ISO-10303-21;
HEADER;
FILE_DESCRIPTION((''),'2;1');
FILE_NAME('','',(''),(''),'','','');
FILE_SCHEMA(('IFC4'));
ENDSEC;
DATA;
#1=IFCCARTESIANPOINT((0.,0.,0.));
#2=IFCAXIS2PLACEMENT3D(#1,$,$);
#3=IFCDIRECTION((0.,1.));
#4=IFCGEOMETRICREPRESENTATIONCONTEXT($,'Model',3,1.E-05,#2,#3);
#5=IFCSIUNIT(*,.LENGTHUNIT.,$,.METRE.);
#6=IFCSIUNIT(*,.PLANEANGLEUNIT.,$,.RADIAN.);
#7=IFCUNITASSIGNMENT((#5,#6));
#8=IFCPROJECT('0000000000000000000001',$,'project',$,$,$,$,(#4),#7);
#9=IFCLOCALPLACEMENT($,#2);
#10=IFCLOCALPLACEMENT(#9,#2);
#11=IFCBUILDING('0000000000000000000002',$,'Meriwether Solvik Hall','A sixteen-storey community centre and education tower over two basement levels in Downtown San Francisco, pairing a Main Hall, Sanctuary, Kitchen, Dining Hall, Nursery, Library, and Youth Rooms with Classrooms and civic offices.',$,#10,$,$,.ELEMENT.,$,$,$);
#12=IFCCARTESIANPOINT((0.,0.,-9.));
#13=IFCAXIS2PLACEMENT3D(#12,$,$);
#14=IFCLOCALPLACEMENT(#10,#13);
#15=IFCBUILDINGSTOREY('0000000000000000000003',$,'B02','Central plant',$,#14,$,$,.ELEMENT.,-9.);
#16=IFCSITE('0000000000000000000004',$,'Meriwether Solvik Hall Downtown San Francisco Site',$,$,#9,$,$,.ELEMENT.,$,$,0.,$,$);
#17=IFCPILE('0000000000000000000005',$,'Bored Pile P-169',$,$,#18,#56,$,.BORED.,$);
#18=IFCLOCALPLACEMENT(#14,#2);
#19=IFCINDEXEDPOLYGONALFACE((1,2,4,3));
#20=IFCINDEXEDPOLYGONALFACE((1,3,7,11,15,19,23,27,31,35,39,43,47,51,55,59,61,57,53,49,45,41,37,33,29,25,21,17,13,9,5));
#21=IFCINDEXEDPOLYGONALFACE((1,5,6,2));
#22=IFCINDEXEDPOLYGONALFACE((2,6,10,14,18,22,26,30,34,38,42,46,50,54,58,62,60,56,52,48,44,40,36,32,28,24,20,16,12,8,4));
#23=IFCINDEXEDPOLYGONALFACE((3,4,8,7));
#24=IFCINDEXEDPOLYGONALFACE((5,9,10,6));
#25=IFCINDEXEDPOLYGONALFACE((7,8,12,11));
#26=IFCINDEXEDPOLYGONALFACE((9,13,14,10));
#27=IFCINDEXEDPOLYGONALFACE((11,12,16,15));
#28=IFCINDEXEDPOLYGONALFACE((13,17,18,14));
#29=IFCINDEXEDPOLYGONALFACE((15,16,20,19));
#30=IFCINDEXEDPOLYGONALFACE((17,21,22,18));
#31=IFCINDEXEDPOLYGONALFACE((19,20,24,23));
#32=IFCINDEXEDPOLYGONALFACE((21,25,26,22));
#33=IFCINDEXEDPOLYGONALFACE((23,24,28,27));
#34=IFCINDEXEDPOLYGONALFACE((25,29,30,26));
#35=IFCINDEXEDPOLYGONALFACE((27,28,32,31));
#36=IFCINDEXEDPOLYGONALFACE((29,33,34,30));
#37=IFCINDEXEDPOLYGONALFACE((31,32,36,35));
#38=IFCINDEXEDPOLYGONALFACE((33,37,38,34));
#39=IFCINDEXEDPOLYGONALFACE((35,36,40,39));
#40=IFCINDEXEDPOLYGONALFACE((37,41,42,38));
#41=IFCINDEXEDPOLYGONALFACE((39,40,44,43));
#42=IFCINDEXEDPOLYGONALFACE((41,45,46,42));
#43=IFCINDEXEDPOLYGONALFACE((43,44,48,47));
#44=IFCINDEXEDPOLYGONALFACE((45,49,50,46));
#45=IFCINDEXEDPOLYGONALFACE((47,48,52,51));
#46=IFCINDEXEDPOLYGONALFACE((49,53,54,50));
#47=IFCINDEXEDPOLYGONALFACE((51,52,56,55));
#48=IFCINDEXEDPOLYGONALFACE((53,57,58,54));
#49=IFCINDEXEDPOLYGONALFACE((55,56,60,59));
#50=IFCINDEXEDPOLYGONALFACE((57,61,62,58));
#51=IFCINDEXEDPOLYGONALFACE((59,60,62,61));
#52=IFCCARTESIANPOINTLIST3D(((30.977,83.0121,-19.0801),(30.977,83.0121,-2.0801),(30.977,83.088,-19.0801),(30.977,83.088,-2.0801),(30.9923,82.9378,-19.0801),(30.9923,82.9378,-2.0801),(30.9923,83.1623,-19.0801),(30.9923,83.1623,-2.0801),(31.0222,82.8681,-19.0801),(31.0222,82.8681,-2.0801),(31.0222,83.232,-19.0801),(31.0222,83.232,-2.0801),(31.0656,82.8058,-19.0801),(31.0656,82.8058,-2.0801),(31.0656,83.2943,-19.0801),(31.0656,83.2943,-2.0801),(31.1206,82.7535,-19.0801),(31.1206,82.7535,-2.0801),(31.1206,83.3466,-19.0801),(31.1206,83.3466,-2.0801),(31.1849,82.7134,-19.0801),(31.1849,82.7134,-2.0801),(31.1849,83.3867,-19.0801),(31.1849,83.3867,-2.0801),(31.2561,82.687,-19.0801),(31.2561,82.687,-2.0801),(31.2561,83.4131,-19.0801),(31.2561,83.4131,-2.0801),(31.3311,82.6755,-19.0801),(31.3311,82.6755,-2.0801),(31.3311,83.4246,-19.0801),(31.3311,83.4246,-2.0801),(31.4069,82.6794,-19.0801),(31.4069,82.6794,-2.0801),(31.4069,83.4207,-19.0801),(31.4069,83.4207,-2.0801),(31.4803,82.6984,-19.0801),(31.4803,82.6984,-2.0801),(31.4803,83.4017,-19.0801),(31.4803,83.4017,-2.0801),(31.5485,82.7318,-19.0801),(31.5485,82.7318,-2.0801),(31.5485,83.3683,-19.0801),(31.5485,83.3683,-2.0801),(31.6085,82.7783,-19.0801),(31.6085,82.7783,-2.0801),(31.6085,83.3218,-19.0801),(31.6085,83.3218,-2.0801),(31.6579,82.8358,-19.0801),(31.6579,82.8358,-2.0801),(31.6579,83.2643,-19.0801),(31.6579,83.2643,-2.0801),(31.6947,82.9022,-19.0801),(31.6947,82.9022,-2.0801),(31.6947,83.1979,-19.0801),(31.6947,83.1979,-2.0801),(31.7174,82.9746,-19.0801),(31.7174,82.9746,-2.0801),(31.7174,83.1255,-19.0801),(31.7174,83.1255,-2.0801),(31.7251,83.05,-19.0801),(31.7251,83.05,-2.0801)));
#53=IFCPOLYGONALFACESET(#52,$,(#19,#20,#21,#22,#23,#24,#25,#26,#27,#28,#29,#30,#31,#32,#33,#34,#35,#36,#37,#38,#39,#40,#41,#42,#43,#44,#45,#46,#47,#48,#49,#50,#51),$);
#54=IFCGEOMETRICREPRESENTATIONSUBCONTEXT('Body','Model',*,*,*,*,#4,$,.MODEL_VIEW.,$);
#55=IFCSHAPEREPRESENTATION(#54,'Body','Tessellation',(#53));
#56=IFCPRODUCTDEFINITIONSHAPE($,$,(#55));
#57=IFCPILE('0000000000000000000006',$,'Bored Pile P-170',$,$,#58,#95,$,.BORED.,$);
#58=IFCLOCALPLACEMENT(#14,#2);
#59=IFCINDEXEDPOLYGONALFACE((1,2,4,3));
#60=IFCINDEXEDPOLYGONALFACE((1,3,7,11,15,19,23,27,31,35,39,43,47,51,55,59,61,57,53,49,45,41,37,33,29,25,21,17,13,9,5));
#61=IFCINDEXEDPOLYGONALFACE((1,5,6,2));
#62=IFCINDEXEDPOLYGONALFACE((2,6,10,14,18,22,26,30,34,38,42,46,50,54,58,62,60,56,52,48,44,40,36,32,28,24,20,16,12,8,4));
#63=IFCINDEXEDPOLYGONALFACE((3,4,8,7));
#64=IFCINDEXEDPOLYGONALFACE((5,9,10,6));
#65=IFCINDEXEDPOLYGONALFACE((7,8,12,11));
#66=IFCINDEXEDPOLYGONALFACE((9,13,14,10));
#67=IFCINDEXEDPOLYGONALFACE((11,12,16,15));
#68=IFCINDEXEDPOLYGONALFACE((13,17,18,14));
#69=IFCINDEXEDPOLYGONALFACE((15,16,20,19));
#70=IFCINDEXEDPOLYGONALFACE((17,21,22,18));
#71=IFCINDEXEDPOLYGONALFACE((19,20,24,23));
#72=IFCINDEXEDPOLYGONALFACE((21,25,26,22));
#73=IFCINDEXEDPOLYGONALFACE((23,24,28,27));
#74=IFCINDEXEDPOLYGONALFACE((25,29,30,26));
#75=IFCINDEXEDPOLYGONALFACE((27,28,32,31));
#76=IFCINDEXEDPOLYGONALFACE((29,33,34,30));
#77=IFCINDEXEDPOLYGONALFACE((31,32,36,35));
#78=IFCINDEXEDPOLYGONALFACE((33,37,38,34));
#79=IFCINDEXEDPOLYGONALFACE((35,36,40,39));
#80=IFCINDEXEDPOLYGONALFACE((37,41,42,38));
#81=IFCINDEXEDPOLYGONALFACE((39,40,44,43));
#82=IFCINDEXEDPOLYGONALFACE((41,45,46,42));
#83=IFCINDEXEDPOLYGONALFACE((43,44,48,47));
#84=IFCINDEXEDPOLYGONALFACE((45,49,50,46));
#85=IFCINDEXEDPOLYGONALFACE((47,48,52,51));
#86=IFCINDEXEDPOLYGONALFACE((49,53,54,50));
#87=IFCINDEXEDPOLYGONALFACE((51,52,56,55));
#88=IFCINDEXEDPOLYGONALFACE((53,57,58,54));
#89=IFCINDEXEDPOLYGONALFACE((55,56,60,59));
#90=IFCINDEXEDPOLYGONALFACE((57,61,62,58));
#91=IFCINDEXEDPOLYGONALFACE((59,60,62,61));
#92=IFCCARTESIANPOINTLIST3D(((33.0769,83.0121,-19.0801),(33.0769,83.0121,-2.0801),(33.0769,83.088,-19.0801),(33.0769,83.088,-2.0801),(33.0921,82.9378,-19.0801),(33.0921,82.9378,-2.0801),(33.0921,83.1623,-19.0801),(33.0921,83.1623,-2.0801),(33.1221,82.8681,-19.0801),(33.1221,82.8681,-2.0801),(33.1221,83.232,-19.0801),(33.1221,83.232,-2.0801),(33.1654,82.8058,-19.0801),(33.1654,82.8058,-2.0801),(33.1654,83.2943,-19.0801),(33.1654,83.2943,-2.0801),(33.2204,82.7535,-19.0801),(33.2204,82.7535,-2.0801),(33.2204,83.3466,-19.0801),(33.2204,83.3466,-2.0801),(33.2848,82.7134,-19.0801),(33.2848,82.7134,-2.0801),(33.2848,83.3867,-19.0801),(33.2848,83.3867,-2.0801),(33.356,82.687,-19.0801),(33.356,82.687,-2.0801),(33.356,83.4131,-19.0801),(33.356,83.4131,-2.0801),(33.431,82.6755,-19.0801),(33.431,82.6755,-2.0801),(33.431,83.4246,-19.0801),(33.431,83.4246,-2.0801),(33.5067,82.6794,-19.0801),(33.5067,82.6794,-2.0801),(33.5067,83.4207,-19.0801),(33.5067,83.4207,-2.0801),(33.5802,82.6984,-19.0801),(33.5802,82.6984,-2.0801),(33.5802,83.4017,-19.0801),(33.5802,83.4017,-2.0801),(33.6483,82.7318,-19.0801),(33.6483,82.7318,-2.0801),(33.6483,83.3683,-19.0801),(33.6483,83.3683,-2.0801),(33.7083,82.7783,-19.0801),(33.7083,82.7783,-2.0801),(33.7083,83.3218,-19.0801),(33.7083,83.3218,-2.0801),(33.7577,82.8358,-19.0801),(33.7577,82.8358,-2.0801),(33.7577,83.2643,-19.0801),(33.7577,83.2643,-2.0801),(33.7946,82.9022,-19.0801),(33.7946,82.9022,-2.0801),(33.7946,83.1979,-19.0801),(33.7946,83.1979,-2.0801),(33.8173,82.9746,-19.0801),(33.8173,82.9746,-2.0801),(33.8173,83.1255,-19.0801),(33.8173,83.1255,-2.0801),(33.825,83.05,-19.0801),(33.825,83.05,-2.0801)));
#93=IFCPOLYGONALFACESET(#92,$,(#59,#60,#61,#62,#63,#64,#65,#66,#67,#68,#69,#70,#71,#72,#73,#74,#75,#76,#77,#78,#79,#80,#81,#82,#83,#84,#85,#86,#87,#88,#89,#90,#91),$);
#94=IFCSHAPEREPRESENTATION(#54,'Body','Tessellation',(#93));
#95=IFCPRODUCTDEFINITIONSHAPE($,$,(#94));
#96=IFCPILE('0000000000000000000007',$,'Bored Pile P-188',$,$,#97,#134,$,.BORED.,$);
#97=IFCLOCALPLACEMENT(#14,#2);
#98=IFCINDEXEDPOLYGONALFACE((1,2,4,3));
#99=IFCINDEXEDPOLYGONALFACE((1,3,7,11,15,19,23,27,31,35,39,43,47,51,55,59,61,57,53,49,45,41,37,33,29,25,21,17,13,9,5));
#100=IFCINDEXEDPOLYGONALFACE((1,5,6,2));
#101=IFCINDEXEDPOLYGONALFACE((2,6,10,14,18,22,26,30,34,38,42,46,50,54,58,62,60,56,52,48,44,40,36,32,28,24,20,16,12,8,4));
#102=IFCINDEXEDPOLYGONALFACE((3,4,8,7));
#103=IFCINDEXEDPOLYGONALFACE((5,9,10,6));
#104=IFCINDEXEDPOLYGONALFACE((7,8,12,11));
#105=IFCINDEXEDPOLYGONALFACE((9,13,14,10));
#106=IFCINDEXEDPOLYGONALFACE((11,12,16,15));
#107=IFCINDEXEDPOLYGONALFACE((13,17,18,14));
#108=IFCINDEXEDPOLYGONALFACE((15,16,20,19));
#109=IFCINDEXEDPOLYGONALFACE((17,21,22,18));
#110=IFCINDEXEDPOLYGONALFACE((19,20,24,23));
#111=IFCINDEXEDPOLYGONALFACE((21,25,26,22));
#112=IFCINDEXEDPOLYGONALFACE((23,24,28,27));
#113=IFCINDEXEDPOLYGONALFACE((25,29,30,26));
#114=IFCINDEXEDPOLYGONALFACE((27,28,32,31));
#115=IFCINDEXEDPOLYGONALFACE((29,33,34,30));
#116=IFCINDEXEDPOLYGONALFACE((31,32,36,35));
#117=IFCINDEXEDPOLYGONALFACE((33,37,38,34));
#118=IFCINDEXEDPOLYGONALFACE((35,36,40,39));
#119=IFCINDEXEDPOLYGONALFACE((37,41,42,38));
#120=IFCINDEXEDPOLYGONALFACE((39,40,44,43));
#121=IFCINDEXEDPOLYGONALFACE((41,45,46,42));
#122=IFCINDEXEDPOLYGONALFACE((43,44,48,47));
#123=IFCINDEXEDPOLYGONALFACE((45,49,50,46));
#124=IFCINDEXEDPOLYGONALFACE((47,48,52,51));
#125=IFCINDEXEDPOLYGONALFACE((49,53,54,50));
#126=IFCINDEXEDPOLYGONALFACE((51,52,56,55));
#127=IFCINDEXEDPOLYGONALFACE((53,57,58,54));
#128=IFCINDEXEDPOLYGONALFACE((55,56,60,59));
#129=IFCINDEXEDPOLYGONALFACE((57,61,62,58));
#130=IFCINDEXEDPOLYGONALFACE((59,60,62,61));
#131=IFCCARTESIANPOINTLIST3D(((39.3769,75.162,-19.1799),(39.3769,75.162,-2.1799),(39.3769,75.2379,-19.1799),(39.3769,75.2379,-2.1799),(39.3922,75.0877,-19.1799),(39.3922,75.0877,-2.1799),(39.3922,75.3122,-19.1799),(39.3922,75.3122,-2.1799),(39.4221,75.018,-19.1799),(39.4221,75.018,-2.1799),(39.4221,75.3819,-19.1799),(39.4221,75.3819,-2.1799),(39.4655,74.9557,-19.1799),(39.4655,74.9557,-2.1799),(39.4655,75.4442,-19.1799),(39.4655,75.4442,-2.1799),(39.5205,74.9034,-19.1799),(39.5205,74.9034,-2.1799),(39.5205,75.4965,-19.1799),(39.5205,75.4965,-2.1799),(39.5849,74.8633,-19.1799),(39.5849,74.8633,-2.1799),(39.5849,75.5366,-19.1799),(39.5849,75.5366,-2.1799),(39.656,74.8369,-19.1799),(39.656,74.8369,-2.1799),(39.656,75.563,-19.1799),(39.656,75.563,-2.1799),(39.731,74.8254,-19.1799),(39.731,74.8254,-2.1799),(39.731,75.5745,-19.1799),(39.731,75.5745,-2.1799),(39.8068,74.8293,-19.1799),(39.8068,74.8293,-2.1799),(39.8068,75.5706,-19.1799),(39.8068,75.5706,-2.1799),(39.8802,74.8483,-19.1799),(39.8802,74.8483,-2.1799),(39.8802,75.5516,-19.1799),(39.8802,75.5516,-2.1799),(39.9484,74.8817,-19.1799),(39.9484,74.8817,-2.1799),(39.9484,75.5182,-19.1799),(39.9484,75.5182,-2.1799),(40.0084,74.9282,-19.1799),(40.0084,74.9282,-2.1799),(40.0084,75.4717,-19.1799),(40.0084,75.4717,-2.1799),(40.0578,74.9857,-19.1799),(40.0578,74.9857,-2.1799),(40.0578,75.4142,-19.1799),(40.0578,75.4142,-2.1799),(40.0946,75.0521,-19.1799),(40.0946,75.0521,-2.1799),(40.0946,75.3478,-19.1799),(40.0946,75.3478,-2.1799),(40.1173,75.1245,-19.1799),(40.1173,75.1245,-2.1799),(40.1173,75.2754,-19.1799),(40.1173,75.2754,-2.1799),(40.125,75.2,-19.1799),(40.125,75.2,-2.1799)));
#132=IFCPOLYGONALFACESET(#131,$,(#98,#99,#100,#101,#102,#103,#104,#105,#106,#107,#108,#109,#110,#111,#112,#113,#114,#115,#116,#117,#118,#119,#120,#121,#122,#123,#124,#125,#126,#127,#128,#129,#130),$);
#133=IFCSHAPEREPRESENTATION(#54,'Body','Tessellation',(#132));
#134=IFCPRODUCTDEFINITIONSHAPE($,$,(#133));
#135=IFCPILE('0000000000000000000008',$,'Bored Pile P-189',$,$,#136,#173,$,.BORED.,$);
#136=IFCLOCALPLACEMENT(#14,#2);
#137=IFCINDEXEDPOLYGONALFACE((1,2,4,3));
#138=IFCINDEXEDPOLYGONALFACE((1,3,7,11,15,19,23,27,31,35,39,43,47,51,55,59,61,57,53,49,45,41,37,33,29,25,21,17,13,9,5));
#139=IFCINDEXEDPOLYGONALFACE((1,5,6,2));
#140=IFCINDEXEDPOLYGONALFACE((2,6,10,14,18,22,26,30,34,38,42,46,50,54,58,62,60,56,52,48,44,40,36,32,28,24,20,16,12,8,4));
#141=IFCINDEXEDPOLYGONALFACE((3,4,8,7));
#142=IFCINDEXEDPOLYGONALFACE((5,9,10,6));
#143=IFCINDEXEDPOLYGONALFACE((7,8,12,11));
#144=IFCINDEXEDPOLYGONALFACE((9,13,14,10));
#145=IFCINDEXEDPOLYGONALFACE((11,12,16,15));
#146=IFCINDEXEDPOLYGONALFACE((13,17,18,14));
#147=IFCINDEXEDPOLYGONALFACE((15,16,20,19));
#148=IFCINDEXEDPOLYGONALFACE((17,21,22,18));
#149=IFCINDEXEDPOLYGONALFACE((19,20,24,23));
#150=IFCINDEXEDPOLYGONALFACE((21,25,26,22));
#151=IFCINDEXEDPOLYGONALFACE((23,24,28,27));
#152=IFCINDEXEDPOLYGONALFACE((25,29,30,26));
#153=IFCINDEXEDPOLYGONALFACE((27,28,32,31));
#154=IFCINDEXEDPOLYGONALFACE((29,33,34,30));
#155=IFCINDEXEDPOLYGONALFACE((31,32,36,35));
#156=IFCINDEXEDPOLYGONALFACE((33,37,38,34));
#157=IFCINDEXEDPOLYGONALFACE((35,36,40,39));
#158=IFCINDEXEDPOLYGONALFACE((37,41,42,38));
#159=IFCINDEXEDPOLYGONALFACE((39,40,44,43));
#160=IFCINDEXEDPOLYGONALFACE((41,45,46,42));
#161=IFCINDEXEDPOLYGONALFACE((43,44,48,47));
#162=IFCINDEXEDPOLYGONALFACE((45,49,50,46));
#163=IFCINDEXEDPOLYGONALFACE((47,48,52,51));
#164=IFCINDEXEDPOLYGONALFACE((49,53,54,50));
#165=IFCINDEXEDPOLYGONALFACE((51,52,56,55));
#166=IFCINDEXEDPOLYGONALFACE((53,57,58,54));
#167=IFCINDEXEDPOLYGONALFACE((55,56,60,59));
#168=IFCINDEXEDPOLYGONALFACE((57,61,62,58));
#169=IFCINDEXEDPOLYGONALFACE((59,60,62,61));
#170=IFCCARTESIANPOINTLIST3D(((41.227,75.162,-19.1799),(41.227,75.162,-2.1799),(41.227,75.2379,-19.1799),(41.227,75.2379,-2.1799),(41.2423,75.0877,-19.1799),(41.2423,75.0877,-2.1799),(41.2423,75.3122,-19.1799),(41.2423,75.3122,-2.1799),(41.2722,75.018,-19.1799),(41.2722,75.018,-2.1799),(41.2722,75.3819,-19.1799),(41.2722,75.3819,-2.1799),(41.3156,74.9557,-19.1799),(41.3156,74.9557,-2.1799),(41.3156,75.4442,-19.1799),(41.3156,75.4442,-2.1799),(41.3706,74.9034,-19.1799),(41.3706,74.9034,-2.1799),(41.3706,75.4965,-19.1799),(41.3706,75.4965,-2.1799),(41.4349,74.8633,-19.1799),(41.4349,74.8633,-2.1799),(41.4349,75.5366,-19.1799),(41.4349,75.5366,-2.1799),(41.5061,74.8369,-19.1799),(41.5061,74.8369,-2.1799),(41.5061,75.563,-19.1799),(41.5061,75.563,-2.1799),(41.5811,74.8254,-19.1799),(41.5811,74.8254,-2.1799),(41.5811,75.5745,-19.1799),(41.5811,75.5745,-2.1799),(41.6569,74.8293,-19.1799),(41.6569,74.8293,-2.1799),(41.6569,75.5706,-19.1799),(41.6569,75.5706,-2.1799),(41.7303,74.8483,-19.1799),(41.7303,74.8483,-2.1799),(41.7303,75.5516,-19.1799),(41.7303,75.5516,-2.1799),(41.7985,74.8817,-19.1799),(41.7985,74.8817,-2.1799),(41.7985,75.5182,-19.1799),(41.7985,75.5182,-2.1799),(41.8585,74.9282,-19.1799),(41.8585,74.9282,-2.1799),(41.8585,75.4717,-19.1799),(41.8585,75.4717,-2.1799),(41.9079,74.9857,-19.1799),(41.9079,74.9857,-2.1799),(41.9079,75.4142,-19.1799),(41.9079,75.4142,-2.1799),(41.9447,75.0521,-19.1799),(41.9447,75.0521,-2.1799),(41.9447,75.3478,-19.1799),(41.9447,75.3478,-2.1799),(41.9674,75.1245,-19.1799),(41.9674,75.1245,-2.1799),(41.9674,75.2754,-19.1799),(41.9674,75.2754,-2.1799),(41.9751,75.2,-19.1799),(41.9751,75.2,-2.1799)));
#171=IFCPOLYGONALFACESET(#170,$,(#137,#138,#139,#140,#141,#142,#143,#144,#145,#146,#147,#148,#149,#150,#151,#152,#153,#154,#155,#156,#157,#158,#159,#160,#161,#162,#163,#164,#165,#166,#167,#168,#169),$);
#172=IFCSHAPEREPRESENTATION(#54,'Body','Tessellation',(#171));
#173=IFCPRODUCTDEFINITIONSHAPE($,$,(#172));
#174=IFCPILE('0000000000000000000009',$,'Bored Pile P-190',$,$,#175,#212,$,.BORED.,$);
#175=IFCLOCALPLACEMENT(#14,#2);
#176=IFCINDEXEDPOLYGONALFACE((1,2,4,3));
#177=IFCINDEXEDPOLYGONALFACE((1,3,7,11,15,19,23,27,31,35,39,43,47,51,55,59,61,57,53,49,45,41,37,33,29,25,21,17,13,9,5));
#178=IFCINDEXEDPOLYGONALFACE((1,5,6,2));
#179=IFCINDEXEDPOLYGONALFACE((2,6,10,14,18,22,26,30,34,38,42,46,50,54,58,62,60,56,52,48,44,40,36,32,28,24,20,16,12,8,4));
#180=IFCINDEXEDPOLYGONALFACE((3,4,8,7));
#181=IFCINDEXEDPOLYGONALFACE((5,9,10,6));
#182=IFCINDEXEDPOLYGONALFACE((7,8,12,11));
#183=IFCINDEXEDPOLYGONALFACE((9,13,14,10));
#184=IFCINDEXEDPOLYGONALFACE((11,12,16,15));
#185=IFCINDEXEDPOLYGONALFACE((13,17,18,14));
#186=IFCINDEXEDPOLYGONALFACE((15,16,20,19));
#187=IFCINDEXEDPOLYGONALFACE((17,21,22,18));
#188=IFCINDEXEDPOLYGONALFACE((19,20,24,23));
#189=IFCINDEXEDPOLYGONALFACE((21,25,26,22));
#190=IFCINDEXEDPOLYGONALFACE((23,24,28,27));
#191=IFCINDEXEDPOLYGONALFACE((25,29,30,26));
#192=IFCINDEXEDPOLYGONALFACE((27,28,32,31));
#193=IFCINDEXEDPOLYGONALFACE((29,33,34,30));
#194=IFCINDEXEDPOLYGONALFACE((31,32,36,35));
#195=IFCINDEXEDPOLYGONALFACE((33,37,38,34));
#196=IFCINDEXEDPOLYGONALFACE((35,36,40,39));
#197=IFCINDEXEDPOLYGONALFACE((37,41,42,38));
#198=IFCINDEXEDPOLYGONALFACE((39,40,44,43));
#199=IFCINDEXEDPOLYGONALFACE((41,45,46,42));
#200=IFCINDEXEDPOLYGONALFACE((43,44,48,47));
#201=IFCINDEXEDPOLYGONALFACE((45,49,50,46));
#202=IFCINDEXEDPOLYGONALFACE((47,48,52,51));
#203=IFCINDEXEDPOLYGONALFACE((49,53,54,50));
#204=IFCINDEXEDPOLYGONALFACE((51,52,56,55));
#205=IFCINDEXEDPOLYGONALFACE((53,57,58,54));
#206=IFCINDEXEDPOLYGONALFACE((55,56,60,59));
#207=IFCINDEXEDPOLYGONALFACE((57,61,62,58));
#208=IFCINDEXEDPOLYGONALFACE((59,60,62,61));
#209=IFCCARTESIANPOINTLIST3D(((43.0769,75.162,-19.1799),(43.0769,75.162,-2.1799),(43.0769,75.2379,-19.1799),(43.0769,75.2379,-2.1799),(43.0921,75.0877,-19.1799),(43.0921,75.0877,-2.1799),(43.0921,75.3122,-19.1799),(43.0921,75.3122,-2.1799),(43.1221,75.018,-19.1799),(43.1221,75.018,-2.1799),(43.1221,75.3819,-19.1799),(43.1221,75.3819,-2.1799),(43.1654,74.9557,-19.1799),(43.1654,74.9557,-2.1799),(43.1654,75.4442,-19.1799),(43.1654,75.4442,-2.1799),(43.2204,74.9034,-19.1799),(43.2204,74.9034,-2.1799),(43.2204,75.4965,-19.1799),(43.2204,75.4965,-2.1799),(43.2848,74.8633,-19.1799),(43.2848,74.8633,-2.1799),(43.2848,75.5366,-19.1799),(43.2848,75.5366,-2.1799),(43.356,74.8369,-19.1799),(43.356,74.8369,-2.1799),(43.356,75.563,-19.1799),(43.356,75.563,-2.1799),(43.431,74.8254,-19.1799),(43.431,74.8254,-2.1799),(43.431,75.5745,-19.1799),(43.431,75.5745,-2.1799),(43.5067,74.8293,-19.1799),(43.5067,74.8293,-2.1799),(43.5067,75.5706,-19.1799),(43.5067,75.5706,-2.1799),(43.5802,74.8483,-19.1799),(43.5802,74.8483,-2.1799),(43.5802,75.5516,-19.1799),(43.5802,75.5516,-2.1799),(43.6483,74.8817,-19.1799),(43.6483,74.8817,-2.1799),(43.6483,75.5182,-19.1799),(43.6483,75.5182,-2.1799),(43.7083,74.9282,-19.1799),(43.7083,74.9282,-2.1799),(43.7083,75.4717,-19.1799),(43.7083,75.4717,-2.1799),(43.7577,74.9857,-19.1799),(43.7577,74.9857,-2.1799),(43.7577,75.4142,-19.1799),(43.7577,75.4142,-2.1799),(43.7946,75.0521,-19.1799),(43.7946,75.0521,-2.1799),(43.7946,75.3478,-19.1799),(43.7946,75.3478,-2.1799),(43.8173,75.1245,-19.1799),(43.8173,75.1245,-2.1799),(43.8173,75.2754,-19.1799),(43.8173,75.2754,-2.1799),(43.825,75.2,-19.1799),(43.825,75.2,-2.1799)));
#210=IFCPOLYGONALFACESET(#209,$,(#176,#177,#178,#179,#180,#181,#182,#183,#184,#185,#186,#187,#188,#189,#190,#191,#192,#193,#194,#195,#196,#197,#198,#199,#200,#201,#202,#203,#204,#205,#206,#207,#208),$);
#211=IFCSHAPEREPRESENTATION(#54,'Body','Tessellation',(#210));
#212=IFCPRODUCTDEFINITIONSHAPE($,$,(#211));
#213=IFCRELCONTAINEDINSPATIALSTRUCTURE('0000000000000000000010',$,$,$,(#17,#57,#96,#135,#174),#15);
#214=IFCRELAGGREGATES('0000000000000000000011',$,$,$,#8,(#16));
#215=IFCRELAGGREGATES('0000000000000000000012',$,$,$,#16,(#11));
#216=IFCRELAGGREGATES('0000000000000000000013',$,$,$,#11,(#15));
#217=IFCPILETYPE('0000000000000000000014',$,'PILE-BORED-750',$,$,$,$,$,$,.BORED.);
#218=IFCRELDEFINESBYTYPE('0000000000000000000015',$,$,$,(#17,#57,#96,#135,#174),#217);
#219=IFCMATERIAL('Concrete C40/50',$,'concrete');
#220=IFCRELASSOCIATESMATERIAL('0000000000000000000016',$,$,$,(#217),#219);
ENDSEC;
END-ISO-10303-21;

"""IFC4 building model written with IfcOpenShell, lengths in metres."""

from ifc_helpers import new_model, si_unit, direction, frame, origin, origin_2d, place, context, subcontext, project, spatial, circle, extrude, material, material_profile, profile_set, type_object, element, save


model = new_model("IFC4")

# Units and contexts
model_context = context("Model", 3, precision=1e-05, world=origin(), true_north=direction((0.0, 1.0)))
body_context = subcontext(model_context, "Body", "Model", "MODEL_VIEW")
ifc_project = project(units=[si_unit("LENGTHUNIT", "METRE"), si_unit("PLANEANGLEUNIT", "RADIAN")], contexts=[model_context])

# Site, building, storey
site_placement = place(None, origin())
site = spatial("IfcSite", under=ifc_project, at=site_placement, Name="Meriwether Solvik Hall Downtown San Francisco Site", CompositionType="ELEMENT", RefElevation=0.0)
building_placement = place(site_placement, origin())
building = spatial("IfcBuilding", under=site, at=building_placement, Name="Meriwether Solvik Hall", Description="A sixteen-storey community centre and education tower over two basement levels in Downtown San Francisco, pairing a Main Hall, Sanctuary, Kitchen, Dining Hall, Nursery, Library, and Youth Rooms with Classrooms and civic offices.", CompositionType="ELEMENT")
storey_placement = place(building_placement, frame((0.0, 0.0, -9.0)))
storey = spatial("IfcBuildingStorey", under=building, at=storey_placement, Name="B02", Description="Central plant", CompositionType="ELEMENT", Elevation=-9.0)

# Piles
ifc_material_1 = material(Name="Concrete C40/50", Category="concrete")
ifc_material_profile_1 = material_profile(ifc_material_1, circle(Radius=0.375, at=origin_2d()), Name="PILE-D750")
ifc_profile_set_1 = profile_set([ifc_material_profile_1], Name="Concrete C40/50")
pile_type_1 = type_object("IfcPileType", Name="PILE-BORED-750", PredefinedType="BORED", material=ifc_profile_set_1)
for number, where, z_axis, x_axis, name in (
    (1, (31.3501, 83.05, -2.0801), (0.0, 0.0, -1.0), (1.0, 0.0, 0.0), "Bored Pile P-169"),
    (2, (33.45, 83.05, -2.0801), (0.0, 0.0, -1.0), (1.0, 0.0, 0.0), "Bored Pile P-170"),
    (3, (39.75, 75.2, -2.1799), (0.0, 0.0, -1.0), (1.0, 0.0, 0.0), "Bored Pile P-188"),
    (4, (41.6001, 75.2, -2.1799), (0.0, 0.0, -1.0), (1.0, 0.0, 0.0), "Bored Pile P-189"),
    (5, (43.45, 75.2, -2.1799), (0.0, 0.0, -1.0), (1.0, 0.0, 0.0), "Bored Pile P-190"),
):
    element("IfcPile", number, at=place(storey_placement, frame(where, z_axis=z_axis, x_axis=x_axis)), inside=storey, type_object=pile_type_1, Name=name, PredefinedType="BORED", context=body_context, shape_type="SweptSolid", body=[
        extrude(circle(Radius=0.375, at=origin_2d()), origin(), (0.0, 0.0, 1.0), 17.0),
    ])

save(model, "model.ifc")
